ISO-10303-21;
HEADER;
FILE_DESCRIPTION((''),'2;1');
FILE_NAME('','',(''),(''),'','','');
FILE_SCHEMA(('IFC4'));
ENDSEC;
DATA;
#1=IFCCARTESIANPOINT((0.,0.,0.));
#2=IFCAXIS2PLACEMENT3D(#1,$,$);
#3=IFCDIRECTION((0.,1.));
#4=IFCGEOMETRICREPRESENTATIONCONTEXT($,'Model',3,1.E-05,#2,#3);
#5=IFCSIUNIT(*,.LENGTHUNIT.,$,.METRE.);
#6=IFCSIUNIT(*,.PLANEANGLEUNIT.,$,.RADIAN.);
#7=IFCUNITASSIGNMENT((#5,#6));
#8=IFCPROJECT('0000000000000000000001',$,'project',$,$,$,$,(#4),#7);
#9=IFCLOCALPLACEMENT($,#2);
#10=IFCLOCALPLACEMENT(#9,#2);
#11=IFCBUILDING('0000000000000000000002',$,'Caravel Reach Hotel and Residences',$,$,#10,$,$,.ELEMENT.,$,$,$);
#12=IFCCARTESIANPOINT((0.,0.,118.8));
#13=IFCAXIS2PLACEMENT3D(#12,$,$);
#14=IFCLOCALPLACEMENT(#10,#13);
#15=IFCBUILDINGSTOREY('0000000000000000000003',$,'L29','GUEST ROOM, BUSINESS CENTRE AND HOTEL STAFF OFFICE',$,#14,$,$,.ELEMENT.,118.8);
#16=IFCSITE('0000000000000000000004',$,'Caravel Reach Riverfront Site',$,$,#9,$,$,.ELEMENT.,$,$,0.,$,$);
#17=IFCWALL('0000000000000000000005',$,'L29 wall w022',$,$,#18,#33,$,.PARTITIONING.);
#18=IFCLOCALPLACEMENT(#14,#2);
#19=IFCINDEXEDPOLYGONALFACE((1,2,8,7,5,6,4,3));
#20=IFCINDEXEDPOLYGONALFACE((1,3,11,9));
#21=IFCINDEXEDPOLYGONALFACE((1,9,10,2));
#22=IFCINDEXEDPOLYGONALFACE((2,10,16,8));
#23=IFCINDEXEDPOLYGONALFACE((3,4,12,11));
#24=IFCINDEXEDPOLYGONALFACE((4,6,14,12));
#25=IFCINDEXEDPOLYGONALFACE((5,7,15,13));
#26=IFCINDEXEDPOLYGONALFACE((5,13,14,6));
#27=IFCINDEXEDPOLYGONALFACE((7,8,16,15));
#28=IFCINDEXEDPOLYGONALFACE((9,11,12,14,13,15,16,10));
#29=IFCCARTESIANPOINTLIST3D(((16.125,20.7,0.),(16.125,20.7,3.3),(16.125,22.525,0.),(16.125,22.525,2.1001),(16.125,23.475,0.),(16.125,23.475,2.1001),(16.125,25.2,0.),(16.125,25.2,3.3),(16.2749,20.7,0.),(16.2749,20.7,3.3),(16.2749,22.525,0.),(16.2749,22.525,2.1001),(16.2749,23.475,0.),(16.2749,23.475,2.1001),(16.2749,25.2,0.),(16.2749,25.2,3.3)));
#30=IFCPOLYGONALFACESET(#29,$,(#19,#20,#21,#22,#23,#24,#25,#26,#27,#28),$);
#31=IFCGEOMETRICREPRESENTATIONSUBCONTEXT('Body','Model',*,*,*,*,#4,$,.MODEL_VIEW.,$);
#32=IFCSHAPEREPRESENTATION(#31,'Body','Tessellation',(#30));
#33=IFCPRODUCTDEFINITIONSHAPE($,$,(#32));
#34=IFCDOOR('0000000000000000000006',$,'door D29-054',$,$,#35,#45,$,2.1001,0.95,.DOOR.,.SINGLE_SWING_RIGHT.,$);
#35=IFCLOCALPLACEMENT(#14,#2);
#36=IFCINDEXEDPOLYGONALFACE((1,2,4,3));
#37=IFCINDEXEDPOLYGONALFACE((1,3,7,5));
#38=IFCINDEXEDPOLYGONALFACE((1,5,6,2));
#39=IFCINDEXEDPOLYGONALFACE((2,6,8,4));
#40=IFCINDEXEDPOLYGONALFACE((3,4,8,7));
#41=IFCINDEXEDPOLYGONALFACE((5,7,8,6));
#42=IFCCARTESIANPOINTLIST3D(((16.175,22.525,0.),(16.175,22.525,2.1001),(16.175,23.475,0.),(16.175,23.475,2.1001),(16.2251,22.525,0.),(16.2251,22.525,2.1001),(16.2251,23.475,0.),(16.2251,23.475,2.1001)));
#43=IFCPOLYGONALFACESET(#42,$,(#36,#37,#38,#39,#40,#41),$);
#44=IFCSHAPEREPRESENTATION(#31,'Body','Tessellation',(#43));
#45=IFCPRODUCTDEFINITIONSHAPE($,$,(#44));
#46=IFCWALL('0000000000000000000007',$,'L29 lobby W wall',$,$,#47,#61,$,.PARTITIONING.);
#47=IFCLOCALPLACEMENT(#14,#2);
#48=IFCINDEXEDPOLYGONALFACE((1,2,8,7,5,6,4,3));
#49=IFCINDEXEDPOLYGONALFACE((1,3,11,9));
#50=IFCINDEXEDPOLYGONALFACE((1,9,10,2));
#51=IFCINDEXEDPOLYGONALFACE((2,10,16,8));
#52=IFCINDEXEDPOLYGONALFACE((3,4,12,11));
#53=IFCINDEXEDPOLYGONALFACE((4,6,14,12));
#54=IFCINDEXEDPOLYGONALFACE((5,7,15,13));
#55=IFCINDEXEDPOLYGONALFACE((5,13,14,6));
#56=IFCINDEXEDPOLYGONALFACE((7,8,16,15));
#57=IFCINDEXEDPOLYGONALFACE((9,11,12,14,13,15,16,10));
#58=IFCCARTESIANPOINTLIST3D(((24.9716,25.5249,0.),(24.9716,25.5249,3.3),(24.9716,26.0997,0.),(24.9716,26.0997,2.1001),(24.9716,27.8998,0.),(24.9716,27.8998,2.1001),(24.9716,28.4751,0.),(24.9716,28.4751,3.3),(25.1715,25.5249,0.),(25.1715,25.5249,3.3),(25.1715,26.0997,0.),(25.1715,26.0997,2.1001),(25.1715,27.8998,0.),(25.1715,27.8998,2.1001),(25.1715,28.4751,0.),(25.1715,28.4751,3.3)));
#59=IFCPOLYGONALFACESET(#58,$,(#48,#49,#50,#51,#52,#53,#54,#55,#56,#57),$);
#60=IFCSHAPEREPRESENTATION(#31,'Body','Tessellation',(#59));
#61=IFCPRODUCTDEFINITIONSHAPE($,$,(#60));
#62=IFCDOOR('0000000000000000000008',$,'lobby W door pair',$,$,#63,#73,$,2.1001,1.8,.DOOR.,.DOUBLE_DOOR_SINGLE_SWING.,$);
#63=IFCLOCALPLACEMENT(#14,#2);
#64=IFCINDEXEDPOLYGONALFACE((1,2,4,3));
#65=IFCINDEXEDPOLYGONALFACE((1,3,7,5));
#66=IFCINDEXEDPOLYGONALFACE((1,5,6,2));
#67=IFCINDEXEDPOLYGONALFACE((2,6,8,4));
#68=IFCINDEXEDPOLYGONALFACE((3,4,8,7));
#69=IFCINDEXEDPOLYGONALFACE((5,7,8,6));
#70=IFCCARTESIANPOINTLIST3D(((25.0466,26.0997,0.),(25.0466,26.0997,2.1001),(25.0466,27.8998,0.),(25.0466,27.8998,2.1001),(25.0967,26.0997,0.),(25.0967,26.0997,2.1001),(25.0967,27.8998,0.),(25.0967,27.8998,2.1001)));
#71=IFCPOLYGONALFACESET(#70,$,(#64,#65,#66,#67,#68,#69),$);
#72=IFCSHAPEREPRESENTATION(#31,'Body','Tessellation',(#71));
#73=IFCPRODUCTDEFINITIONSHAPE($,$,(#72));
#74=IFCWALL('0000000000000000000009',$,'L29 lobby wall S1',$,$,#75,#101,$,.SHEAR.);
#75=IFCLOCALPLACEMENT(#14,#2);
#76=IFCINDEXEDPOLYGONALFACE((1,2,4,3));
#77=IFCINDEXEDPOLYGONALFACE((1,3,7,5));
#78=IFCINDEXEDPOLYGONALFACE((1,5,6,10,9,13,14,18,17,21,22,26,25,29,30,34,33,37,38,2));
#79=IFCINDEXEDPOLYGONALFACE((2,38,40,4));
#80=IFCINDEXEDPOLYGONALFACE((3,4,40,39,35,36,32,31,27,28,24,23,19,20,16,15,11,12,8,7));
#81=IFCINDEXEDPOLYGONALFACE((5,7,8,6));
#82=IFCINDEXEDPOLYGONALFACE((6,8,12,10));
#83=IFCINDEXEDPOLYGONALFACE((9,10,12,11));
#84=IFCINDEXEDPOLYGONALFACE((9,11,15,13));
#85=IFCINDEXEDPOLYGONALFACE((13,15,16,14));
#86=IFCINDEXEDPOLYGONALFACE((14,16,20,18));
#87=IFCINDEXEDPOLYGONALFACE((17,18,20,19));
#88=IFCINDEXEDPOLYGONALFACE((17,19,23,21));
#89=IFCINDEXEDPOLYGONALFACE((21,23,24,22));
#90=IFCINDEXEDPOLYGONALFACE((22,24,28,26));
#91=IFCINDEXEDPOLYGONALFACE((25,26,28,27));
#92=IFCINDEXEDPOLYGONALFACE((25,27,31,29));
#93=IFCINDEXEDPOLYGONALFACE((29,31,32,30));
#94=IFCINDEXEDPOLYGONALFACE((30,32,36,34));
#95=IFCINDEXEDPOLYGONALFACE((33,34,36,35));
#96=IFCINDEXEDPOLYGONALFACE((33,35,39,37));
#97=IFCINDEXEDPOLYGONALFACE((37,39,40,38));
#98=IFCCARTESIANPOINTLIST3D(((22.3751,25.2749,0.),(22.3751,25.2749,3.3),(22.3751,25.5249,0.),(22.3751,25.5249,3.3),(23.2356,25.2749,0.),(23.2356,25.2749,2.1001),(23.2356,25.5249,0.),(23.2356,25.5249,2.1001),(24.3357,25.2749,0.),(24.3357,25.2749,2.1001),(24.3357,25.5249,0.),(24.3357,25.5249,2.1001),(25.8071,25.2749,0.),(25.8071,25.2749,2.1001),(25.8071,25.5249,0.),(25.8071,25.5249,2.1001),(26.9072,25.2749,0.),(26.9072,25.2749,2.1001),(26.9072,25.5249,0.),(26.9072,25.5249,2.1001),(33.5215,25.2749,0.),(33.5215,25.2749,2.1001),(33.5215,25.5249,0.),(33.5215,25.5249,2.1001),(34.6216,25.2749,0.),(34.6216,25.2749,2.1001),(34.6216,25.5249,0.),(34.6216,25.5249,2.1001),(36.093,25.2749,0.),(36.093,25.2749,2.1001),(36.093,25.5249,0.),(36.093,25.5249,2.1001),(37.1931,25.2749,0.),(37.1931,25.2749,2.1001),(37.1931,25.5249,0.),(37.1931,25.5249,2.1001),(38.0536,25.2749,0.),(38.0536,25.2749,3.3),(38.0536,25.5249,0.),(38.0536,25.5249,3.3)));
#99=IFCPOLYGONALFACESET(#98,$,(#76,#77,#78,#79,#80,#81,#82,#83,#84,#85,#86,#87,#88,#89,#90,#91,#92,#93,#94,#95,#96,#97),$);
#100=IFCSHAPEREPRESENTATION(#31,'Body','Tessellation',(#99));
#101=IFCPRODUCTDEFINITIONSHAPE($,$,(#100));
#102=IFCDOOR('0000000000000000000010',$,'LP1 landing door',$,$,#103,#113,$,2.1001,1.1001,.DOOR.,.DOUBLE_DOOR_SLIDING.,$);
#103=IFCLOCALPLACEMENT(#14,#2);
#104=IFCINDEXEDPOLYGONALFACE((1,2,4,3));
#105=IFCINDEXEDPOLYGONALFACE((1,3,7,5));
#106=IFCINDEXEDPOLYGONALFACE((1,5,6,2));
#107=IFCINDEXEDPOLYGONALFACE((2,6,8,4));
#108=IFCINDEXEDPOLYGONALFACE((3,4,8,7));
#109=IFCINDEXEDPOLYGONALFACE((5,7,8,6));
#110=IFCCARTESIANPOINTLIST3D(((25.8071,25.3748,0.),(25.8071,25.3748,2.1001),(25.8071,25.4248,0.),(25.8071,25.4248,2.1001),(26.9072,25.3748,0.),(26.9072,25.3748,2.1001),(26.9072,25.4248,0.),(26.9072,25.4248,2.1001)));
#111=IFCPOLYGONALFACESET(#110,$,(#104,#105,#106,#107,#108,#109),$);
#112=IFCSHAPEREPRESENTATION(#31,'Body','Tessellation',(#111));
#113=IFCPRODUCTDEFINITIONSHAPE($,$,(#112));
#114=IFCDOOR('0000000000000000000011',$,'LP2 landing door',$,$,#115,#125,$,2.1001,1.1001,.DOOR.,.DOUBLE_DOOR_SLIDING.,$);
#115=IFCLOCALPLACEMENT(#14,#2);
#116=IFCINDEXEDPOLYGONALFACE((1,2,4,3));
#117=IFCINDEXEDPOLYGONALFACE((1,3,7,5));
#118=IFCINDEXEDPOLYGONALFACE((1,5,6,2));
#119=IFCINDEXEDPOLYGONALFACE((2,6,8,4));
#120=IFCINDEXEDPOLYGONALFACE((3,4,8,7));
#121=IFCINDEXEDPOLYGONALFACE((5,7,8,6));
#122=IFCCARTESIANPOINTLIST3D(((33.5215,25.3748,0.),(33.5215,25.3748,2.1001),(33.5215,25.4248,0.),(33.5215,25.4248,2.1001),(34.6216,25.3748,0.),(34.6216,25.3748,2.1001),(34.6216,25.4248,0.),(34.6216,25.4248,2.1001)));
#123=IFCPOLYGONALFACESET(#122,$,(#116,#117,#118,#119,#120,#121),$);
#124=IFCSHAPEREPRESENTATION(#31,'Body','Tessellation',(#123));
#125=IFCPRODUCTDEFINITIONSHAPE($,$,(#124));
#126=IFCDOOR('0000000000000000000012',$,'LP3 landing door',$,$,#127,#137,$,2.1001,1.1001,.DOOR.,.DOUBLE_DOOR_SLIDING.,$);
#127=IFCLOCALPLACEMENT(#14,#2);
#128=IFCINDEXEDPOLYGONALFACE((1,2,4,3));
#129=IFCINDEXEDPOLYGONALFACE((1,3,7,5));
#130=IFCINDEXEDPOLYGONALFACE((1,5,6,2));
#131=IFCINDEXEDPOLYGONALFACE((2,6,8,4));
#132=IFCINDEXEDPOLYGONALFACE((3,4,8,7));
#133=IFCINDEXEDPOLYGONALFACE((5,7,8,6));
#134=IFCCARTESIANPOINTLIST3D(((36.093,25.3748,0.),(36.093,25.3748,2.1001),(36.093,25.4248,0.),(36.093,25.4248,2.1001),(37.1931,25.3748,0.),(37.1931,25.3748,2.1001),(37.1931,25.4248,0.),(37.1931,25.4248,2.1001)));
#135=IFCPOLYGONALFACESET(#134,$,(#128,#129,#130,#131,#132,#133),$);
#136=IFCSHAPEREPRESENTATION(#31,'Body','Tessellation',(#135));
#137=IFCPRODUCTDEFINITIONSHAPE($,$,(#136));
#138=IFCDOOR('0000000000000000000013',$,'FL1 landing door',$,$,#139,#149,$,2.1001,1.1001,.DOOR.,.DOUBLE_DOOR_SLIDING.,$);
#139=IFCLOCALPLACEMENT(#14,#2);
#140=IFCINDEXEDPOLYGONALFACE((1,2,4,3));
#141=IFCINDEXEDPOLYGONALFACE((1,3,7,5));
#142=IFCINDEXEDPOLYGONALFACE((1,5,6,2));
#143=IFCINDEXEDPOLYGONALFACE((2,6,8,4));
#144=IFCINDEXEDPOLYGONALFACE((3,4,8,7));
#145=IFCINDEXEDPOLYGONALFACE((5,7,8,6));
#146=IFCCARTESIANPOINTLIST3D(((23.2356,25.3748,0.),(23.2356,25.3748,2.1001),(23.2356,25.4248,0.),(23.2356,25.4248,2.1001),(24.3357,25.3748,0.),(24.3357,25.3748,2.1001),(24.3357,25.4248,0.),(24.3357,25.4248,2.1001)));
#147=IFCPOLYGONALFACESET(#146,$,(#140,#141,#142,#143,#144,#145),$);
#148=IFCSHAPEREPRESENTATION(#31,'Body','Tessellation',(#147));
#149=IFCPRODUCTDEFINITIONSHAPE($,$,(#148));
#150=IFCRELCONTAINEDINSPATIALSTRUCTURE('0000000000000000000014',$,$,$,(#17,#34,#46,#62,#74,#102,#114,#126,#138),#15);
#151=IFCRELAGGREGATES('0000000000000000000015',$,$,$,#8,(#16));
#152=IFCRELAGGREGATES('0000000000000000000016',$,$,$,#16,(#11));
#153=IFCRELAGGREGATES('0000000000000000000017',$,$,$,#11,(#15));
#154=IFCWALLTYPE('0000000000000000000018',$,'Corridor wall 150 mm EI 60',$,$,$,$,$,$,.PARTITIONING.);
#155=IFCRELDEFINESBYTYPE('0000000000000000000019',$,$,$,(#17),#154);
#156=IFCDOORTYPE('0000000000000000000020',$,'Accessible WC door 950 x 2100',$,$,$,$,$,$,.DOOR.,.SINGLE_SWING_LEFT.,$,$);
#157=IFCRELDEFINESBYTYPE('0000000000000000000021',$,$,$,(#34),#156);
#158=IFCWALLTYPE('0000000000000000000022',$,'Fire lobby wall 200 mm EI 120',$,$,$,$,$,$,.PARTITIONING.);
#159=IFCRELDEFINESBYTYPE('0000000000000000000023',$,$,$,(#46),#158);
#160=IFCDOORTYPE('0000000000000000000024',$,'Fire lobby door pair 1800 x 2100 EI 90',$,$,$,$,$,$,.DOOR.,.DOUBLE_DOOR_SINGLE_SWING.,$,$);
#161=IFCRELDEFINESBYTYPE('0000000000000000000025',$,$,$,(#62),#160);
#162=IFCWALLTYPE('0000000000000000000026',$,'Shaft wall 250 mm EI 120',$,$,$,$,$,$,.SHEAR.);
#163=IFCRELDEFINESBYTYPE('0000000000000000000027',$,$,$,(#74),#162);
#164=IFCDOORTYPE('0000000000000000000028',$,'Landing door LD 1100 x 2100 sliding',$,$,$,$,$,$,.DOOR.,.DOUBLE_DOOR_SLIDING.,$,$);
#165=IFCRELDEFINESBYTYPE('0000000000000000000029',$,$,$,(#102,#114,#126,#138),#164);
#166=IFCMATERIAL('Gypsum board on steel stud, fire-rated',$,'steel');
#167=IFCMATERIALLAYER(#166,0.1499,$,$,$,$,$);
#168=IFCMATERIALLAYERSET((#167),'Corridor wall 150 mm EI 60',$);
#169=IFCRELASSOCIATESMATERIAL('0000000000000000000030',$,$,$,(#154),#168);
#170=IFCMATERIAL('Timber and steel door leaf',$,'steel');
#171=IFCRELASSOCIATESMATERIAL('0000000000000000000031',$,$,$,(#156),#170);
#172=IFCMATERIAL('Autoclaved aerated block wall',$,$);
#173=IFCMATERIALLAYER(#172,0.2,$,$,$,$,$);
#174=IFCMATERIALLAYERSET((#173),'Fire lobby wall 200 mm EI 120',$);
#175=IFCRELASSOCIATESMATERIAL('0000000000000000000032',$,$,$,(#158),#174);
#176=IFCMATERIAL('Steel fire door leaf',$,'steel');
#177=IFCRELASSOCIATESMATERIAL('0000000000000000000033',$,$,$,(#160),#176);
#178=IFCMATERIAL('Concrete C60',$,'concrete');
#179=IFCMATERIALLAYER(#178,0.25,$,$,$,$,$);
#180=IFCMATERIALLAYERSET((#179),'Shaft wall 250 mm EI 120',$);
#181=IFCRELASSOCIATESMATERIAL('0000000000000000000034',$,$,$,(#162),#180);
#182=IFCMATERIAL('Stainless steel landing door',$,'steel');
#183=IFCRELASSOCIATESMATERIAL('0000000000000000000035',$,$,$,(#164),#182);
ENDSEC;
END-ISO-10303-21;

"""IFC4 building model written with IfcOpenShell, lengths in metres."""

from ifc_helpers import new_model, si_unit, direction, frame, frame_2d, origin, place, context, subcontext, project, spatial, rectangle, extrude, material, layer, layer_set, type_object, element, fill, save


model = new_model("IFC4")

# Units and contexts
model_context = context("Model", 3, precision=1e-05, world=origin(), true_north=direction((0.0, 1.0)))
body_context = subcontext(model_context, "Body", "Model", "MODEL_VIEW")
ifc_project = project(units=[si_unit("LENGTHUNIT", "METRE"), si_unit("PLANEANGLEUNIT", "RADIAN")], contexts=[model_context])

# Site, building, storey
site_placement = place(None, origin())
site = spatial("IfcSite", under=ifc_project, at=site_placement, Name="Caravel Reach Riverfront Site", CompositionType="ELEMENT", RefElevation=0.0)
building_placement = place(site_placement, origin())
building = spatial("IfcBuilding", under=site, at=building_placement, Name="Caravel Reach Hotel and Residences", CompositionType="ELEMENT")
storey_placement = place(building_placement, frame((0.0, 0.0, 118.8)))
storey = spatial("IfcBuildingStorey", under=building, at=storey_placement, Name="L29", Description="GUEST ROOM, BUSINESS CENTRE AND HOTEL STAFF OFFICE", CompositionType="ELEMENT", Elevation=118.8)

# Shared definitions
ifc_material_1 = material(Name="Gypsum board on steel stud, fire-rated", Category="steel")
ifc_layer_1 = layer(ifc_material_1, 0.1499)
ifc_layer_set_1 = layer_set([ifc_layer_1], Name="Corridor wall 150 mm EI 60")
wall_type_1 = type_object("IfcWallType", Name="Corridor wall 150 mm EI 60", PredefinedType="PARTITIONING", material=ifc_layer_set_1)

# Walls, openings, doors
wall_1_placement = place(storey_placement, frame((16.2, 20.7, 0.0), z_axis=(0.0, 0.0, 1.0), x_axis=(0.0, 1.0, 0.0)))
wall_1 = element("IfcWall", 1, at=wall_1_placement, inside=storey, type_object=wall_type_1, Name="L29 wall w022", PredefinedType="PARTITIONING", context=body_context, shape_type="SweptSolid", body=[
    extrude(rectangle(XDim=4.5, YDim=0.1499, at=frame_2d((2.25, 0.0))), origin(), (0.0, 0.0, 1.0), 3.3),
])
opening_1_placement = place(wall_1_placement, frame((1.825, 0.0, 0.0)))
opening_1 = element("IfcOpeningElement", 2, at=opening_1_placement, cuts=wall_1, PredefinedType="OPENING", context=body_context, shape_type="SweptSolid", body=[
    extrude(rectangle(XDim=0.95, YDim=2.1001, at=frame_2d((0.4751, 1.05))), frame((0.0, 0.085, 0.0), z_axis=(0.0, -1.0, 0.0), x_axis=(1.0, 0.0, 0.0)), (0.0, 0.0, 1.0), 0.1699),
])
ifc_material_2 = material(Name="Timber and steel door leaf", Category="steel")
door_type_1 = type_object("IfcDoorType", Name="Accessible WC door 950 x 2100", OperationType="SINGLE_SWING_LEFT", PredefinedType="DOOR", material=ifc_material_2)
door_1_placement = place(opening_1_placement, origin())
door_1 = element("IfcDoor", 3, at=door_1_placement, inside=storey, type_object=door_type_1, Name="door D29-054", OperationType="SINGLE_SWING_RIGHT", OverallHeight=2.1001, OverallWidth=0.95, PredefinedType="DOOR", context=body_context, shape_type="SweptSolid", body=[
    extrude(rectangle(XDim=0.95, YDim=2.1001, at=frame_2d((0.4751, 1.05))), frame((0.0, 0.0249, 0.0), z_axis=(0.0, -1.0, 0.0), x_axis=(1.0, 0.0, 0.0)), (0.0, 0.0, 1.0), 0.05),
])
fill(opening_1, door_1)
ifc_material_3 = material(Name="Autoclaved aerated block wall")
ifc_layer_2 = layer(ifc_material_3, 0.2)
ifc_layer_set_2 = layer_set([ifc_layer_2], Name="Fire lobby wall 200 mm EI 120")
wall_type_2 = type_object("IfcWallType", Name="Fire lobby wall 200 mm EI 120", PredefinedType="PARTITIONING", material=ifc_layer_set_2)
wall_2_placement = place(storey_placement, frame((25.0715, 25.5249, 0.0), z_axis=(0.0, 0.0, 1.0), x_axis=(0.0, 1.0, 0.0)))
wall_2 = element("IfcWall", 4, at=wall_2_placement, inside=storey, type_object=wall_type_2, Name="L29 lobby W wall", PredefinedType="PARTITIONING", context=body_context, shape_type="SweptSolid", body=[
    extrude(rectangle(XDim=2.9502, YDim=0.2, at=frame_2d((1.4751, 0.0))), origin(), (0.0, 0.0, 1.0), 3.3),
])
opening_2_placement = place(wall_2_placement, frame((0.575, 0.0, 0.0)))
opening_2 = element("IfcOpeningElement", 5, at=opening_2_placement, cuts=wall_2, PredefinedType="OPENING", context=body_context, shape_type="SweptSolid", body=[
    extrude(rectangle(XDim=1.8, YDim=2.1001, at=frame_2d((0.8999, 1.05))), frame((0.0, 0.1099, 0.0), z_axis=(0.0, -1.0, 0.0), x_axis=(1.0, 0.0, 0.0)), (0.0, 0.0, 1.0), 0.22),
])
ifc_material_4 = material(Name="Steel fire door leaf", Category="steel")
door_type_2 = type_object("IfcDoorType", Name="Fire lobby door pair 1800 x 2100 EI 90", OperationType="DOUBLE_DOOR_SINGLE_SWING", PredefinedType="DOOR", material=ifc_material_4)
door_2_placement = place(opening_2_placement, origin())
door_2 = element("IfcDoor", 6, at=door_2_placement, inside=storey, type_object=door_type_2, Name="lobby W door pair", OperationType="DOUBLE_DOOR_SINGLE_SWING", OverallHeight=2.1001, OverallWidth=1.8, PredefinedType="DOOR", context=body_context, shape_type="SweptSolid", body=[
    extrude(rectangle(XDim=1.8, YDim=2.1001, at=frame_2d((0.8999, 1.05))), frame((0.0, 0.0249, 0.0), z_axis=(0.0, -1.0, 0.0), x_axis=(1.0, 0.0, 0.0)), (0.0, 0.0, 1.0), 0.05),
])
fill(opening_2, door_2)

# Wall, openings, doors
ifc_material_5 = material(Name="Concrete C60", Category="concrete")
ifc_layer_3 = layer(ifc_material_5, 0.25)
ifc_layer_set_3 = layer_set([ifc_layer_3], Name="Shaft wall 250 mm EI 120")
wall_type_3 = type_object("IfcWallType", Name="Shaft wall 250 mm EI 120", PredefinedType="SHEAR", material=ifc_layer_set_3)
wall_3_placement = place(storey_placement, frame((22.375, 25.3999, 0.0), z_axis=(0.0, 0.0, 1.0), x_axis=(1.0, 0.0, 0.0)))
wall_3 = element("IfcWall", 7, at=wall_3_placement, inside=storey, type_object=wall_type_3, Name="L29 lobby wall S1", PredefinedType="SHEAR", context=body_context, shape_type="SweptSolid", body=[
    extrude(rectangle(XDim=15.6785, YDim=0.25, at=frame_2d((7.8394, 0.0))), origin(), (0.0, 0.0, 1.0), 3.3),
])
opening_3_placement = place(wall_3_placement, frame((3.4321, 0.0, 0.0)))
opening_3 = element("IfcOpeningElement", 8, at=opening_3_placement, cuts=wall_3, PredefinedType="OPENING", context=body_context, shape_type="SweptSolid", body=[
    extrude(rectangle(XDim=1.1001, YDim=2.1001, at=frame_2d((0.55, 1.05))), frame((0.0, 0.135, 0.0), z_axis=(0.0, -1.0, 0.0), x_axis=(1.0, 0.0, 0.0)), (0.0, 0.0, 1.0), 0.27),
])
opening_4_placement = place(wall_3_placement, frame((11.1465, 0.0, 0.0)))
opening_4 = element("IfcOpeningElement", 9, at=opening_4_placement, cuts=wall_3, PredefinedType="OPENING", context=body_context, shape_type="SweptSolid", body=[
    extrude(rectangle(XDim=1.1001, YDim=2.1001, at=frame_2d((0.55, 1.05))), frame((0.0, 0.135, 0.0), z_axis=(0.0, -1.0, 0.0), x_axis=(1.0, 0.0, 0.0)), (0.0, 0.0, 1.0), 0.27),
])
opening_5_placement = place(wall_3_placement, frame((13.718, 0.0, 0.0)))
opening_5 = element("IfcOpeningElement", 10, at=opening_5_placement, cuts=wall_3, PredefinedType="OPENING", context=body_context, shape_type="SweptSolid", body=[
    extrude(rectangle(XDim=1.1001, YDim=2.1001, at=frame_2d((0.55, 1.05))), frame((0.0, 0.135, 0.0), z_axis=(0.0, -1.0, 0.0), x_axis=(1.0, 0.0, 0.0)), (0.0, 0.0, 1.0), 0.27),
])
opening_6_placement = place(wall_3_placement, frame((0.8606, 0.0, 0.0)))
opening_6 = element("IfcOpeningElement", 11, at=opening_6_placement, cuts=wall_3, PredefinedType="OPENING", context=body_context, shape_type="SweptSolid", body=[
    extrude(rectangle(XDim=1.1001, YDim=2.1001, at=frame_2d((0.55, 1.05))), frame((0.0, 0.135, 0.0), z_axis=(0.0, -1.0, 0.0), x_axis=(1.0, 0.0, 0.0)), (0.0, 0.0, 1.0), 0.27),
])
ifc_material_6 = material(Name="Stainless steel landing door", Category="steel")
door_type_3 = type_object("IfcDoorType", Name="Landing door LD 1100 x 2100 sliding", OperationType="DOUBLE_DOOR_SLIDING", PredefinedType="DOOR", material=ifc_material_6)
door_3_placement = place(opening_3_placement, origin())
door_3 = element("IfcDoor", 12, at=door_3_placement, inside=storey, type_object=door_type_3, Name="LP1 landing door", OperationType="DOUBLE_DOOR_SLIDING", OverallHeight=2.1001, OverallWidth=1.1001, PredefinedType="DOOR", context=body_context, shape_type="SweptSolid", body=[
    extrude(rectangle(XDim=1.1001, YDim=2.1001, at=frame_2d((0.55, 1.05))), frame((0.0, 0.0249, 0.0), z_axis=(0.0, -1.0, 0.0), x_axis=(1.0, 0.0, 0.0)), (0.0, 0.0, 1.0), 0.05),
])
fill(opening_3, door_3)
door_4_placement = place(opening_4_placement, origin())
door_4 = element("IfcDoor", 13, at=door_4_placement, inside=storey, type_object=door_type_3, Name="LP2 landing door", OperationType="DOUBLE_DOOR_SLIDING", OverallHeight=2.1001, OverallWidth=1.1001, PredefinedType="DOOR", context=body_context, shape_type="SweptSolid", body=[
    extrude(rectangle(XDim=1.1001, YDim=2.1001, at=frame_2d((0.55, 1.05))), frame((0.0, 0.0249, 0.0), z_axis=(0.0, -1.0, 0.0), x_axis=(1.0, 0.0, 0.0)), (0.0, 0.0, 1.0), 0.05),
])
fill(opening_4, door_4)
door_5_placement = place(opening_5_placement, origin())
door_5 = element("IfcDoor", 14, at=door_5_placement, inside=storey, type_object=door_type_3, Name="LP3 landing door", OperationType="DOUBLE_DOOR_SLIDING", OverallHeight=2.1001, OverallWidth=1.1001, PredefinedType="DOOR", context=body_context, shape_type="SweptSolid", body=[
    extrude(rectangle(XDim=1.1001, YDim=2.1001, at=frame_2d((0.55, 1.05))), frame((0.0, 0.0249, 0.0), z_axis=(0.0, -1.0, 0.0), x_axis=(1.0, 0.0, 0.0)), (0.0, 0.0, 1.0), 0.05),
])
fill(opening_5, door_5)
door_6_placement = place(opening_6_placement, origin())
door_6 = element("IfcDoor", 15, at=door_6_placement, inside=storey, type_object=door_type_3, Name="FL1 landing door", OperationType="DOUBLE_DOOR_SLIDING", OverallHeight=2.1001, OverallWidth=1.1001, PredefinedType="DOOR", context=body_context, shape_type="SweptSolid", body=[
    extrude(rectangle(XDim=1.1001, YDim=2.1001, at=frame_2d((0.55, 1.05))), frame((0.0, 0.0249, 0.0), z_axis=(0.0, -1.0, 0.0), x_axis=(1.0, 0.0, 0.0)), (0.0, 0.0, 1.0), 0.05),
])
fill(opening_6, door_6)

save(model, "model.ifc")
